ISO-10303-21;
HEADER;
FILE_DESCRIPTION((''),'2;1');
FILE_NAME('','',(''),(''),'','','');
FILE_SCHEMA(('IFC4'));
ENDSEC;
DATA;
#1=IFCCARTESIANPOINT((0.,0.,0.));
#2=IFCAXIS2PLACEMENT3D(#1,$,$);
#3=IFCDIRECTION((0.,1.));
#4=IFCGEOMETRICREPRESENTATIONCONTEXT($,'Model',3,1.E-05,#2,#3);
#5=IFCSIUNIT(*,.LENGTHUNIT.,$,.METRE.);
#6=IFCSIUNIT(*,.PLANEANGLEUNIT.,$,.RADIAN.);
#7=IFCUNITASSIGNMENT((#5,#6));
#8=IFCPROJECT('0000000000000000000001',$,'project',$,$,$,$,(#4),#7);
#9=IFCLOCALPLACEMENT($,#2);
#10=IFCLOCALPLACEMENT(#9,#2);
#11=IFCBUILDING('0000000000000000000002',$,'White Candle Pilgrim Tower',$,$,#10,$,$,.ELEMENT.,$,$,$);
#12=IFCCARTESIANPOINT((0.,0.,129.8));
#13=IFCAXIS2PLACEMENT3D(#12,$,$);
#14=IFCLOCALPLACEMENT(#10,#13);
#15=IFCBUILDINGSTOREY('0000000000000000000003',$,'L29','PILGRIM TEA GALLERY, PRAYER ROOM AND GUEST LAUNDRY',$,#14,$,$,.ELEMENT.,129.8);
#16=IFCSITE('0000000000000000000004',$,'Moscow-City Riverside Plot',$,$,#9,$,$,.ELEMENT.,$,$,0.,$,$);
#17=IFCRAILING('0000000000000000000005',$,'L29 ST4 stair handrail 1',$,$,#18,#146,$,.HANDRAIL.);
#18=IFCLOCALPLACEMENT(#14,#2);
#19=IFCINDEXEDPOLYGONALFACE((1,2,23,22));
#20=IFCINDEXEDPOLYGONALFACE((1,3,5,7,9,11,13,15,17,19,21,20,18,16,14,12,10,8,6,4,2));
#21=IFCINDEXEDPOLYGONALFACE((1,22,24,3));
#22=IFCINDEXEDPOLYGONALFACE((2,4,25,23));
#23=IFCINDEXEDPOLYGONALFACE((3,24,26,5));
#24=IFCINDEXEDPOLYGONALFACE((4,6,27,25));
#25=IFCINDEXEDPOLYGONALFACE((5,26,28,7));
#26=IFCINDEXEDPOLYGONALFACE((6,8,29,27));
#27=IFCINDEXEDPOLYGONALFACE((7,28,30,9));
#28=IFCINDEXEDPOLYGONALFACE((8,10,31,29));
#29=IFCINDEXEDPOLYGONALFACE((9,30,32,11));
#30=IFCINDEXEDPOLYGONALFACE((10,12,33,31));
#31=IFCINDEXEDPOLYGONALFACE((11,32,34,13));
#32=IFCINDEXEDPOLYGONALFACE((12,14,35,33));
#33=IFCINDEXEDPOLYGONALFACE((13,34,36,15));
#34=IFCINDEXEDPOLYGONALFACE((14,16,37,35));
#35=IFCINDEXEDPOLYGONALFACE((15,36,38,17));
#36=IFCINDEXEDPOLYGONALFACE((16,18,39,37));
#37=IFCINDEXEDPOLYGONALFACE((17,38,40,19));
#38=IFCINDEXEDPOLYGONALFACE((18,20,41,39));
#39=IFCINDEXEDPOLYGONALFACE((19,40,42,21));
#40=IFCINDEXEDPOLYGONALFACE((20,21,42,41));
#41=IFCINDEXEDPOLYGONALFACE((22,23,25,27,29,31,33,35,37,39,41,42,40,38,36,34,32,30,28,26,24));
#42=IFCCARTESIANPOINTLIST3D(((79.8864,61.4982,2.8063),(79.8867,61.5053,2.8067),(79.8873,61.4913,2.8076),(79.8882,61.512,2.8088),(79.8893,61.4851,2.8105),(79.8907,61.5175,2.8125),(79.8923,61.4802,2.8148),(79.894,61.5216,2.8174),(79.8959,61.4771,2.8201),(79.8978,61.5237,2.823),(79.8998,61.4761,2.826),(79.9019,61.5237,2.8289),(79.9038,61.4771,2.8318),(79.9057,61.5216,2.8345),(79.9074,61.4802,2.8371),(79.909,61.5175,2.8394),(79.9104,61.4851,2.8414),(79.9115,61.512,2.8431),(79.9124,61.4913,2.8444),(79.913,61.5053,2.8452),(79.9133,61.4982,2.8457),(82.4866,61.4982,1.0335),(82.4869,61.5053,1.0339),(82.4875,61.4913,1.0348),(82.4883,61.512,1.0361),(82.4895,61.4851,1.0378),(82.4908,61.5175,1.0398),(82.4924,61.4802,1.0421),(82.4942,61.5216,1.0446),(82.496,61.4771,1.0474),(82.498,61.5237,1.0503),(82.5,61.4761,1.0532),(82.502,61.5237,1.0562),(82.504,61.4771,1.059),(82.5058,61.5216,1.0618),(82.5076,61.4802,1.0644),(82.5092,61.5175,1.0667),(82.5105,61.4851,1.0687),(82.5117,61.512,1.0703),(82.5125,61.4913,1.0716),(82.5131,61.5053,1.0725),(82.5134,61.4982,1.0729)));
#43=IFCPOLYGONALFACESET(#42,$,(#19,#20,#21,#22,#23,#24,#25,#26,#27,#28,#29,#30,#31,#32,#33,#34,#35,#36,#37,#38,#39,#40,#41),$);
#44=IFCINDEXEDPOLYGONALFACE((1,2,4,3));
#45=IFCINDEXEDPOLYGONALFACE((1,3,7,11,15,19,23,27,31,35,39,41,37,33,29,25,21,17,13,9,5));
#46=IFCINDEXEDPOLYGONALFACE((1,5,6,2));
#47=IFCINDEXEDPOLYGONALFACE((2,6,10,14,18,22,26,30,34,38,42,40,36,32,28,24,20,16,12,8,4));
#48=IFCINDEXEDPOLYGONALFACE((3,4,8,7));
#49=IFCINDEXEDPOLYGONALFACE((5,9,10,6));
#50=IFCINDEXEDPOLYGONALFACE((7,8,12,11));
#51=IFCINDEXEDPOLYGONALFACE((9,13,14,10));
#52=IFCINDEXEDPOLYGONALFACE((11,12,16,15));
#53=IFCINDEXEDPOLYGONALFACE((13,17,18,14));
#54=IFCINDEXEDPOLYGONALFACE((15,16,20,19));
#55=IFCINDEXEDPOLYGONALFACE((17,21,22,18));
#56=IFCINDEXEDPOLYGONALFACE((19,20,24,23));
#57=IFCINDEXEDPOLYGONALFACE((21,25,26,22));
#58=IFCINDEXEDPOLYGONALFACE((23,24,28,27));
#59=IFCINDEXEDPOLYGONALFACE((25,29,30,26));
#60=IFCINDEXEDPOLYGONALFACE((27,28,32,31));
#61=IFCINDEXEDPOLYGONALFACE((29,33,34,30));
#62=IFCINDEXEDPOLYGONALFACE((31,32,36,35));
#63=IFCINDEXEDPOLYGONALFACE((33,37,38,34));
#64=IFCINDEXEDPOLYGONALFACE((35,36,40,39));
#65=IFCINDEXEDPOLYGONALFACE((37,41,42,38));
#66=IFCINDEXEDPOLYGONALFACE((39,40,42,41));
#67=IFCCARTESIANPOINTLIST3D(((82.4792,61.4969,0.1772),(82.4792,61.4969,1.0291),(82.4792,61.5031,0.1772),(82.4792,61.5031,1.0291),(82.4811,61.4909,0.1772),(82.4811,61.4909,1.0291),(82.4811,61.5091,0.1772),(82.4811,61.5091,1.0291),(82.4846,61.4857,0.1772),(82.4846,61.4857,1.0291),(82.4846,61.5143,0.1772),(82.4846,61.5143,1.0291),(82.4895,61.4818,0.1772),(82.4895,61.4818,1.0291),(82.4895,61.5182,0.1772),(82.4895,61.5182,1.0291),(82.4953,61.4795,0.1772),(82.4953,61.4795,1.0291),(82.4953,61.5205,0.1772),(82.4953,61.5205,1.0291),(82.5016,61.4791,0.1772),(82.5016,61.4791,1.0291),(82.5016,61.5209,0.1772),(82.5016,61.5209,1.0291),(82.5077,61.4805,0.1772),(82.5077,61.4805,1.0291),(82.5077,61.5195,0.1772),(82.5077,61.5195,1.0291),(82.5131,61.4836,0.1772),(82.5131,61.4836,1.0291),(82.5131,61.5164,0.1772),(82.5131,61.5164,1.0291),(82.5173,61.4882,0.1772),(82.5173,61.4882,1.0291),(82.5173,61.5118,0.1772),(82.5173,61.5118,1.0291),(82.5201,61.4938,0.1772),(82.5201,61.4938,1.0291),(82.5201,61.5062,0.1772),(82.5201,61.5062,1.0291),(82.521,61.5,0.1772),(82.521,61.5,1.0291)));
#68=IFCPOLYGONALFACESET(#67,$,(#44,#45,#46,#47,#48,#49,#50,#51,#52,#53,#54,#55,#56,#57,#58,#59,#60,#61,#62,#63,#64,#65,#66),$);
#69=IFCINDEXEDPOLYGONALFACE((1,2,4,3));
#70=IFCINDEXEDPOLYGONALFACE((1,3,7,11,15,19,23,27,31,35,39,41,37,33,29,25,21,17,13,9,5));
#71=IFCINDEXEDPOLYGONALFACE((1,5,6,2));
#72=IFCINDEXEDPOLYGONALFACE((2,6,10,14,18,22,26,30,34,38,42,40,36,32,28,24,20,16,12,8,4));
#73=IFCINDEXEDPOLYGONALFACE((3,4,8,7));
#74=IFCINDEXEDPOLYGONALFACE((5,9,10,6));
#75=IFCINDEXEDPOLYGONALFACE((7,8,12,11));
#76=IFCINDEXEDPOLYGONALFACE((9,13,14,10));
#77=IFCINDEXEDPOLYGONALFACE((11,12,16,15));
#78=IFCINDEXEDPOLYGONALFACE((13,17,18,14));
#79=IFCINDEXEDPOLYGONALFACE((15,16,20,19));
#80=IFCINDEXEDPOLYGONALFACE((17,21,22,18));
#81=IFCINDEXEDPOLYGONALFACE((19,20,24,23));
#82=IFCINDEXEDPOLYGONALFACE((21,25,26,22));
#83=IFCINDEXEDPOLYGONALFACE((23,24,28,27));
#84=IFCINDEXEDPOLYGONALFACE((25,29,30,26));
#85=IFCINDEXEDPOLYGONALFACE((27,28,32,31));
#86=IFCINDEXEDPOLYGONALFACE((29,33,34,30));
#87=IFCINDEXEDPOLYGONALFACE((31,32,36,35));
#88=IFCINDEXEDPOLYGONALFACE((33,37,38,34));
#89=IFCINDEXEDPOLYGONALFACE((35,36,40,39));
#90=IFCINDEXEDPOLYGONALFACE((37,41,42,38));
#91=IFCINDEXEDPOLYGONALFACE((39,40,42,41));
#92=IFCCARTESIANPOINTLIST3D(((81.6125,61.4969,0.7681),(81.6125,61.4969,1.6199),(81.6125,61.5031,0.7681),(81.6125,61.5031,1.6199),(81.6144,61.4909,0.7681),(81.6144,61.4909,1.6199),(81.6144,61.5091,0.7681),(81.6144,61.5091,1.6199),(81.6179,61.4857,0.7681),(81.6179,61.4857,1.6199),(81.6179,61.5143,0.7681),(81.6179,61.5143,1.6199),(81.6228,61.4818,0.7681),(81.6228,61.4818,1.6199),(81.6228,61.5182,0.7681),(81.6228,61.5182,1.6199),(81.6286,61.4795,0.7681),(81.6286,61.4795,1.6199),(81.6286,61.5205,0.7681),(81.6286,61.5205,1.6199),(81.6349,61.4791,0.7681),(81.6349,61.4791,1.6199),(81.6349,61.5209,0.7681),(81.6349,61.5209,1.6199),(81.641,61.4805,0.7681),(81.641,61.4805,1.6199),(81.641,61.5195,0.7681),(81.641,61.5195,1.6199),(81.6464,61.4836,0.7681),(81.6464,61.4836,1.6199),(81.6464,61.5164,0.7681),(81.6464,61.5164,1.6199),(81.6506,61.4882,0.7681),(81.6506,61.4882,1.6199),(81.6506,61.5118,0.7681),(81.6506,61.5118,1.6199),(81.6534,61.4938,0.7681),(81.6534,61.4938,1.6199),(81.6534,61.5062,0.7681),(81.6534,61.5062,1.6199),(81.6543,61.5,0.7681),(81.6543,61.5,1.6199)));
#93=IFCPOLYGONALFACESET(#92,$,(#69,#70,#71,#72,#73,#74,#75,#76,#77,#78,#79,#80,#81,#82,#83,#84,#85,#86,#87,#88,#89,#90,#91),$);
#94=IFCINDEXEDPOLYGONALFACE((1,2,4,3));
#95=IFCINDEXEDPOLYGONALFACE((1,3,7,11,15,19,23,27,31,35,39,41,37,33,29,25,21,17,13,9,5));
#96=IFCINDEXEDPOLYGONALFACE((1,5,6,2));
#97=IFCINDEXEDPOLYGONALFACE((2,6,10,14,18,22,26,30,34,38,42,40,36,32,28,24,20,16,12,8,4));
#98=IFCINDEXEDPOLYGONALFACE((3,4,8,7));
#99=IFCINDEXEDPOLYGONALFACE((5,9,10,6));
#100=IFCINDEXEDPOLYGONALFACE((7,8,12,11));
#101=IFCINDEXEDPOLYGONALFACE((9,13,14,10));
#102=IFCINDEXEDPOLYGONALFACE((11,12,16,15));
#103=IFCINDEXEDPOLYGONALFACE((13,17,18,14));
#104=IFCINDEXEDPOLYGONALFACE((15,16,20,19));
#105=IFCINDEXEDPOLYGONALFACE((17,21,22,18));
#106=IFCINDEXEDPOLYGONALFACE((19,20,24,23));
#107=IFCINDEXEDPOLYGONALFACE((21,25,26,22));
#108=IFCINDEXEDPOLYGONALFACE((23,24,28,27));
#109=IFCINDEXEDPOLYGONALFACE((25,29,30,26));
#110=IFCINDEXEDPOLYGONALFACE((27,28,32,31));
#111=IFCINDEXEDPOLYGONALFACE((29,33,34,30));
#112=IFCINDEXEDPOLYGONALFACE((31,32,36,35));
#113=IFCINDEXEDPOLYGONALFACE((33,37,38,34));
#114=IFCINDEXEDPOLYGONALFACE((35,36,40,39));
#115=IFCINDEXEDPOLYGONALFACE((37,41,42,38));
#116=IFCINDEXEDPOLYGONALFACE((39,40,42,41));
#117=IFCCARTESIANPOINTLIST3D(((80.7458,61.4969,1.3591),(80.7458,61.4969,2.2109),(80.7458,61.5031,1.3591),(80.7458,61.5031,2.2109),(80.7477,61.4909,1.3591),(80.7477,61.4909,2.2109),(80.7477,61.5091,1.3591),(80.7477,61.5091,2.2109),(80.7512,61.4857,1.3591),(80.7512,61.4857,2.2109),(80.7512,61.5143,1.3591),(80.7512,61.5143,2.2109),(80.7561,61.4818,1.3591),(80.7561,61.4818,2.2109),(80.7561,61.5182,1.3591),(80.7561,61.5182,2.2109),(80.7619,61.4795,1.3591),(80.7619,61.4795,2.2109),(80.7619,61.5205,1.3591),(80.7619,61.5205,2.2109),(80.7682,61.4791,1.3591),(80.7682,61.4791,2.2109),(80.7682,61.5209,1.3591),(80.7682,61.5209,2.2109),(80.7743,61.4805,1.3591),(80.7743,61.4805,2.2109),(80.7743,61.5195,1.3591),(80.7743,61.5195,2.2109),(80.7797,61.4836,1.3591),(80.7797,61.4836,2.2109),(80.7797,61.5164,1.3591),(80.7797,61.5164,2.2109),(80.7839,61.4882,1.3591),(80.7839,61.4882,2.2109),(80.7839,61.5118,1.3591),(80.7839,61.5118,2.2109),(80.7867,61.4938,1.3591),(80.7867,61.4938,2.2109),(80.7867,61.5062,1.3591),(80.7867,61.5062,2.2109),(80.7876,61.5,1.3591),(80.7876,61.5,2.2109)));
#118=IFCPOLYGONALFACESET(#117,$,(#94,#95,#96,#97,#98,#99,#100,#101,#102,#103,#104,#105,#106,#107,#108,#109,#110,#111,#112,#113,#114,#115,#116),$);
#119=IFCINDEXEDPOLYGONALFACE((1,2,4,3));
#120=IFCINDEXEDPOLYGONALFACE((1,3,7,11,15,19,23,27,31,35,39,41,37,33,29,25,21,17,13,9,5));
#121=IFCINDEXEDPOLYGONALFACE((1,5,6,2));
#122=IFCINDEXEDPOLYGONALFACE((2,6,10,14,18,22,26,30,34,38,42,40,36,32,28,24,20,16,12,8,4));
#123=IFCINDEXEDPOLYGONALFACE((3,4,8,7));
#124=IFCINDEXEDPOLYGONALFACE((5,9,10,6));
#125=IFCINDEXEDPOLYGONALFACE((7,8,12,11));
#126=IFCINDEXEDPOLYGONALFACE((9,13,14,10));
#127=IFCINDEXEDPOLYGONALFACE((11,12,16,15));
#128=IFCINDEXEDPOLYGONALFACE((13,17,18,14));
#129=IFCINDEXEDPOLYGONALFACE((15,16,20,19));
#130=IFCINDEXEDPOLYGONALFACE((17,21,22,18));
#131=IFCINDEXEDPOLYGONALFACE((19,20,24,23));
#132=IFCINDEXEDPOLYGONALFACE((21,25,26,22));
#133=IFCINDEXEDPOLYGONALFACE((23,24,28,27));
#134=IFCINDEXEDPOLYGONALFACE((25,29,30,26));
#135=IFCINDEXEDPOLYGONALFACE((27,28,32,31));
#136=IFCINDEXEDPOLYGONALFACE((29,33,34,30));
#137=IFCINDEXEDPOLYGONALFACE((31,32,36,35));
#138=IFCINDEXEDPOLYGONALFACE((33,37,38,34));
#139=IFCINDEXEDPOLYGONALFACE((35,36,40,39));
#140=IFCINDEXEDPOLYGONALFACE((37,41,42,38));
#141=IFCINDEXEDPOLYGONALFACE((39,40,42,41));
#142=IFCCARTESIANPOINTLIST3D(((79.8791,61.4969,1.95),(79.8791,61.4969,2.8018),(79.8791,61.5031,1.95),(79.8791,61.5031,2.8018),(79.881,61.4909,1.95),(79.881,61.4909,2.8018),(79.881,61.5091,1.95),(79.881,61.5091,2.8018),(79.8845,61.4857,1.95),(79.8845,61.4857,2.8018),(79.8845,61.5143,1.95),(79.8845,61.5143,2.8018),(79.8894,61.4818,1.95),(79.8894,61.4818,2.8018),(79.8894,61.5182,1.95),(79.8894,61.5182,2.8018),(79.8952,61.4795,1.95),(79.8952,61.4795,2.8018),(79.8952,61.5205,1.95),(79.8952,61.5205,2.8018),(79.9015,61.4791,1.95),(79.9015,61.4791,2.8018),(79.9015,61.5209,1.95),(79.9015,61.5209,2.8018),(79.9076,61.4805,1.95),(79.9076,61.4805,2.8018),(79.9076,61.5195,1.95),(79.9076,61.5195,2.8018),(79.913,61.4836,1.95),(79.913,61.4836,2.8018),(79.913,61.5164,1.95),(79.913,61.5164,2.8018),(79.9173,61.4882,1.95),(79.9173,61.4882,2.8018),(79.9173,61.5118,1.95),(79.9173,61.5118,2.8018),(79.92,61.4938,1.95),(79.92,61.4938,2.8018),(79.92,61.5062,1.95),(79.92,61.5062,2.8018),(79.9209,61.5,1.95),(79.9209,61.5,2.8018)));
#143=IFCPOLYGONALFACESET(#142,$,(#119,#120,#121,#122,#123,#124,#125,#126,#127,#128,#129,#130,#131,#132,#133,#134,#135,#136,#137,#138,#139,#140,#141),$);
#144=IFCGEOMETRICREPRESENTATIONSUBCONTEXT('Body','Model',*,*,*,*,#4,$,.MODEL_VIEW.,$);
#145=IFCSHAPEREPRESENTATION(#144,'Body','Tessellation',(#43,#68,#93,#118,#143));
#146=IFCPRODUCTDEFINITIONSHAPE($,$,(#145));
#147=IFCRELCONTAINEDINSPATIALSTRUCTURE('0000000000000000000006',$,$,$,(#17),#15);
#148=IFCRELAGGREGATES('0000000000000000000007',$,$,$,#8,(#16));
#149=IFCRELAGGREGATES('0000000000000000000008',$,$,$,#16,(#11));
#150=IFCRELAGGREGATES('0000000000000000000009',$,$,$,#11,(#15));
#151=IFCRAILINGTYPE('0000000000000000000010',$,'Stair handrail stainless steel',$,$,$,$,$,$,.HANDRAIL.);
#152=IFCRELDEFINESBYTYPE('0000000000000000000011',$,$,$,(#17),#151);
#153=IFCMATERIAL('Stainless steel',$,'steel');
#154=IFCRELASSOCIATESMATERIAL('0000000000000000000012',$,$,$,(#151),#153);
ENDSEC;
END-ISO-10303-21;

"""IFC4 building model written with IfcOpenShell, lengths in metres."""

from ifc_helpers import new_model, si_unit, direction, frame, origin, origin_2d, place, context, subcontext, project, spatial, circle, extrude, material, type_object, element, save


model = new_model("IFC4")

# Units and contexts
model_context = context("Model", 3, precision=1e-05, world=origin(), true_north=direction((0.0, 1.0)))
body_context = subcontext(model_context, "Body", "Model", "MODEL_VIEW")
ifc_project = project(units=[si_unit("LENGTHUNIT", "METRE"), si_unit("PLANEANGLEUNIT", "RADIAN")], contexts=[model_context])

# Site, building, storey
site_placement = place(None, origin())
site = spatial("IfcSite", under=ifc_project, at=site_placement, Name="Moscow-City Riverside Plot", CompositionType="ELEMENT", RefElevation=0.0)
building_placement = place(site_placement, origin())
building = spatial("IfcBuilding", under=site, at=building_placement, Name="White Candle Pilgrim Tower", CompositionType="ELEMENT")
storey_placement = place(building_placement, frame((0.0, 0.0, 129.8)))
storey = spatial("IfcBuildingStorey", under=building, at=storey_placement, Name="L29", Description="PILGRIM TEA GALLERY, PRAYER ROOM AND GUEST LAUNDRY", CompositionType="ELEMENT", Elevation=129.8)

# Railing
ifc_material_1 = material(Name="Stainless steel", Category="steel")
railing_type_1 = type_object("IfcRailingType", Name="Stair handrail stainless steel", PredefinedType="HANDRAIL", material=ifc_material_1)
railing_1_placement = place(storey_placement, frame((82.5, 61.5, 0.1772)))
element("IfcRailing", 1, at=railing_1_placement, inside=storey, type_object=railing_type_1, Name="L29 ST4 stair handrail 1", PredefinedType="HANDRAIL", context=body_context, shape_type="SweptSolid", body=[
    extrude(circle(Radius=0.0239, at=origin_2d()), frame((0.0, 0.0, 0.876), z_axis=(-0.82624, 0.0, 0.563318), x_axis=(0.0, -1.0, 0.0)), (0.0, 0.0, 1.0), 3.147),
    extrude(circle(Radius=0.021, at=origin_2d()), origin(), (0.0, 0.0, 1.0), 0.8518),
    extrude(circle(Radius=0.021, at=origin_2d()), frame((-0.8667, 0.0, 0.5908)), (0.0, 0.0, 1.0), 0.8518),
    extrude(circle(Radius=0.021, at=origin_2d()), frame((-1.7334, 0.0, 1.1819)), (0.0, 0.0, 1.0), 0.8518),
    extrude(circle(Radius=0.021, at=origin_2d()), frame((-2.6001, 0.0, 1.7727)), (0.0, 0.0, 1.0), 0.8518),
])

save(model, "model.ifc")
